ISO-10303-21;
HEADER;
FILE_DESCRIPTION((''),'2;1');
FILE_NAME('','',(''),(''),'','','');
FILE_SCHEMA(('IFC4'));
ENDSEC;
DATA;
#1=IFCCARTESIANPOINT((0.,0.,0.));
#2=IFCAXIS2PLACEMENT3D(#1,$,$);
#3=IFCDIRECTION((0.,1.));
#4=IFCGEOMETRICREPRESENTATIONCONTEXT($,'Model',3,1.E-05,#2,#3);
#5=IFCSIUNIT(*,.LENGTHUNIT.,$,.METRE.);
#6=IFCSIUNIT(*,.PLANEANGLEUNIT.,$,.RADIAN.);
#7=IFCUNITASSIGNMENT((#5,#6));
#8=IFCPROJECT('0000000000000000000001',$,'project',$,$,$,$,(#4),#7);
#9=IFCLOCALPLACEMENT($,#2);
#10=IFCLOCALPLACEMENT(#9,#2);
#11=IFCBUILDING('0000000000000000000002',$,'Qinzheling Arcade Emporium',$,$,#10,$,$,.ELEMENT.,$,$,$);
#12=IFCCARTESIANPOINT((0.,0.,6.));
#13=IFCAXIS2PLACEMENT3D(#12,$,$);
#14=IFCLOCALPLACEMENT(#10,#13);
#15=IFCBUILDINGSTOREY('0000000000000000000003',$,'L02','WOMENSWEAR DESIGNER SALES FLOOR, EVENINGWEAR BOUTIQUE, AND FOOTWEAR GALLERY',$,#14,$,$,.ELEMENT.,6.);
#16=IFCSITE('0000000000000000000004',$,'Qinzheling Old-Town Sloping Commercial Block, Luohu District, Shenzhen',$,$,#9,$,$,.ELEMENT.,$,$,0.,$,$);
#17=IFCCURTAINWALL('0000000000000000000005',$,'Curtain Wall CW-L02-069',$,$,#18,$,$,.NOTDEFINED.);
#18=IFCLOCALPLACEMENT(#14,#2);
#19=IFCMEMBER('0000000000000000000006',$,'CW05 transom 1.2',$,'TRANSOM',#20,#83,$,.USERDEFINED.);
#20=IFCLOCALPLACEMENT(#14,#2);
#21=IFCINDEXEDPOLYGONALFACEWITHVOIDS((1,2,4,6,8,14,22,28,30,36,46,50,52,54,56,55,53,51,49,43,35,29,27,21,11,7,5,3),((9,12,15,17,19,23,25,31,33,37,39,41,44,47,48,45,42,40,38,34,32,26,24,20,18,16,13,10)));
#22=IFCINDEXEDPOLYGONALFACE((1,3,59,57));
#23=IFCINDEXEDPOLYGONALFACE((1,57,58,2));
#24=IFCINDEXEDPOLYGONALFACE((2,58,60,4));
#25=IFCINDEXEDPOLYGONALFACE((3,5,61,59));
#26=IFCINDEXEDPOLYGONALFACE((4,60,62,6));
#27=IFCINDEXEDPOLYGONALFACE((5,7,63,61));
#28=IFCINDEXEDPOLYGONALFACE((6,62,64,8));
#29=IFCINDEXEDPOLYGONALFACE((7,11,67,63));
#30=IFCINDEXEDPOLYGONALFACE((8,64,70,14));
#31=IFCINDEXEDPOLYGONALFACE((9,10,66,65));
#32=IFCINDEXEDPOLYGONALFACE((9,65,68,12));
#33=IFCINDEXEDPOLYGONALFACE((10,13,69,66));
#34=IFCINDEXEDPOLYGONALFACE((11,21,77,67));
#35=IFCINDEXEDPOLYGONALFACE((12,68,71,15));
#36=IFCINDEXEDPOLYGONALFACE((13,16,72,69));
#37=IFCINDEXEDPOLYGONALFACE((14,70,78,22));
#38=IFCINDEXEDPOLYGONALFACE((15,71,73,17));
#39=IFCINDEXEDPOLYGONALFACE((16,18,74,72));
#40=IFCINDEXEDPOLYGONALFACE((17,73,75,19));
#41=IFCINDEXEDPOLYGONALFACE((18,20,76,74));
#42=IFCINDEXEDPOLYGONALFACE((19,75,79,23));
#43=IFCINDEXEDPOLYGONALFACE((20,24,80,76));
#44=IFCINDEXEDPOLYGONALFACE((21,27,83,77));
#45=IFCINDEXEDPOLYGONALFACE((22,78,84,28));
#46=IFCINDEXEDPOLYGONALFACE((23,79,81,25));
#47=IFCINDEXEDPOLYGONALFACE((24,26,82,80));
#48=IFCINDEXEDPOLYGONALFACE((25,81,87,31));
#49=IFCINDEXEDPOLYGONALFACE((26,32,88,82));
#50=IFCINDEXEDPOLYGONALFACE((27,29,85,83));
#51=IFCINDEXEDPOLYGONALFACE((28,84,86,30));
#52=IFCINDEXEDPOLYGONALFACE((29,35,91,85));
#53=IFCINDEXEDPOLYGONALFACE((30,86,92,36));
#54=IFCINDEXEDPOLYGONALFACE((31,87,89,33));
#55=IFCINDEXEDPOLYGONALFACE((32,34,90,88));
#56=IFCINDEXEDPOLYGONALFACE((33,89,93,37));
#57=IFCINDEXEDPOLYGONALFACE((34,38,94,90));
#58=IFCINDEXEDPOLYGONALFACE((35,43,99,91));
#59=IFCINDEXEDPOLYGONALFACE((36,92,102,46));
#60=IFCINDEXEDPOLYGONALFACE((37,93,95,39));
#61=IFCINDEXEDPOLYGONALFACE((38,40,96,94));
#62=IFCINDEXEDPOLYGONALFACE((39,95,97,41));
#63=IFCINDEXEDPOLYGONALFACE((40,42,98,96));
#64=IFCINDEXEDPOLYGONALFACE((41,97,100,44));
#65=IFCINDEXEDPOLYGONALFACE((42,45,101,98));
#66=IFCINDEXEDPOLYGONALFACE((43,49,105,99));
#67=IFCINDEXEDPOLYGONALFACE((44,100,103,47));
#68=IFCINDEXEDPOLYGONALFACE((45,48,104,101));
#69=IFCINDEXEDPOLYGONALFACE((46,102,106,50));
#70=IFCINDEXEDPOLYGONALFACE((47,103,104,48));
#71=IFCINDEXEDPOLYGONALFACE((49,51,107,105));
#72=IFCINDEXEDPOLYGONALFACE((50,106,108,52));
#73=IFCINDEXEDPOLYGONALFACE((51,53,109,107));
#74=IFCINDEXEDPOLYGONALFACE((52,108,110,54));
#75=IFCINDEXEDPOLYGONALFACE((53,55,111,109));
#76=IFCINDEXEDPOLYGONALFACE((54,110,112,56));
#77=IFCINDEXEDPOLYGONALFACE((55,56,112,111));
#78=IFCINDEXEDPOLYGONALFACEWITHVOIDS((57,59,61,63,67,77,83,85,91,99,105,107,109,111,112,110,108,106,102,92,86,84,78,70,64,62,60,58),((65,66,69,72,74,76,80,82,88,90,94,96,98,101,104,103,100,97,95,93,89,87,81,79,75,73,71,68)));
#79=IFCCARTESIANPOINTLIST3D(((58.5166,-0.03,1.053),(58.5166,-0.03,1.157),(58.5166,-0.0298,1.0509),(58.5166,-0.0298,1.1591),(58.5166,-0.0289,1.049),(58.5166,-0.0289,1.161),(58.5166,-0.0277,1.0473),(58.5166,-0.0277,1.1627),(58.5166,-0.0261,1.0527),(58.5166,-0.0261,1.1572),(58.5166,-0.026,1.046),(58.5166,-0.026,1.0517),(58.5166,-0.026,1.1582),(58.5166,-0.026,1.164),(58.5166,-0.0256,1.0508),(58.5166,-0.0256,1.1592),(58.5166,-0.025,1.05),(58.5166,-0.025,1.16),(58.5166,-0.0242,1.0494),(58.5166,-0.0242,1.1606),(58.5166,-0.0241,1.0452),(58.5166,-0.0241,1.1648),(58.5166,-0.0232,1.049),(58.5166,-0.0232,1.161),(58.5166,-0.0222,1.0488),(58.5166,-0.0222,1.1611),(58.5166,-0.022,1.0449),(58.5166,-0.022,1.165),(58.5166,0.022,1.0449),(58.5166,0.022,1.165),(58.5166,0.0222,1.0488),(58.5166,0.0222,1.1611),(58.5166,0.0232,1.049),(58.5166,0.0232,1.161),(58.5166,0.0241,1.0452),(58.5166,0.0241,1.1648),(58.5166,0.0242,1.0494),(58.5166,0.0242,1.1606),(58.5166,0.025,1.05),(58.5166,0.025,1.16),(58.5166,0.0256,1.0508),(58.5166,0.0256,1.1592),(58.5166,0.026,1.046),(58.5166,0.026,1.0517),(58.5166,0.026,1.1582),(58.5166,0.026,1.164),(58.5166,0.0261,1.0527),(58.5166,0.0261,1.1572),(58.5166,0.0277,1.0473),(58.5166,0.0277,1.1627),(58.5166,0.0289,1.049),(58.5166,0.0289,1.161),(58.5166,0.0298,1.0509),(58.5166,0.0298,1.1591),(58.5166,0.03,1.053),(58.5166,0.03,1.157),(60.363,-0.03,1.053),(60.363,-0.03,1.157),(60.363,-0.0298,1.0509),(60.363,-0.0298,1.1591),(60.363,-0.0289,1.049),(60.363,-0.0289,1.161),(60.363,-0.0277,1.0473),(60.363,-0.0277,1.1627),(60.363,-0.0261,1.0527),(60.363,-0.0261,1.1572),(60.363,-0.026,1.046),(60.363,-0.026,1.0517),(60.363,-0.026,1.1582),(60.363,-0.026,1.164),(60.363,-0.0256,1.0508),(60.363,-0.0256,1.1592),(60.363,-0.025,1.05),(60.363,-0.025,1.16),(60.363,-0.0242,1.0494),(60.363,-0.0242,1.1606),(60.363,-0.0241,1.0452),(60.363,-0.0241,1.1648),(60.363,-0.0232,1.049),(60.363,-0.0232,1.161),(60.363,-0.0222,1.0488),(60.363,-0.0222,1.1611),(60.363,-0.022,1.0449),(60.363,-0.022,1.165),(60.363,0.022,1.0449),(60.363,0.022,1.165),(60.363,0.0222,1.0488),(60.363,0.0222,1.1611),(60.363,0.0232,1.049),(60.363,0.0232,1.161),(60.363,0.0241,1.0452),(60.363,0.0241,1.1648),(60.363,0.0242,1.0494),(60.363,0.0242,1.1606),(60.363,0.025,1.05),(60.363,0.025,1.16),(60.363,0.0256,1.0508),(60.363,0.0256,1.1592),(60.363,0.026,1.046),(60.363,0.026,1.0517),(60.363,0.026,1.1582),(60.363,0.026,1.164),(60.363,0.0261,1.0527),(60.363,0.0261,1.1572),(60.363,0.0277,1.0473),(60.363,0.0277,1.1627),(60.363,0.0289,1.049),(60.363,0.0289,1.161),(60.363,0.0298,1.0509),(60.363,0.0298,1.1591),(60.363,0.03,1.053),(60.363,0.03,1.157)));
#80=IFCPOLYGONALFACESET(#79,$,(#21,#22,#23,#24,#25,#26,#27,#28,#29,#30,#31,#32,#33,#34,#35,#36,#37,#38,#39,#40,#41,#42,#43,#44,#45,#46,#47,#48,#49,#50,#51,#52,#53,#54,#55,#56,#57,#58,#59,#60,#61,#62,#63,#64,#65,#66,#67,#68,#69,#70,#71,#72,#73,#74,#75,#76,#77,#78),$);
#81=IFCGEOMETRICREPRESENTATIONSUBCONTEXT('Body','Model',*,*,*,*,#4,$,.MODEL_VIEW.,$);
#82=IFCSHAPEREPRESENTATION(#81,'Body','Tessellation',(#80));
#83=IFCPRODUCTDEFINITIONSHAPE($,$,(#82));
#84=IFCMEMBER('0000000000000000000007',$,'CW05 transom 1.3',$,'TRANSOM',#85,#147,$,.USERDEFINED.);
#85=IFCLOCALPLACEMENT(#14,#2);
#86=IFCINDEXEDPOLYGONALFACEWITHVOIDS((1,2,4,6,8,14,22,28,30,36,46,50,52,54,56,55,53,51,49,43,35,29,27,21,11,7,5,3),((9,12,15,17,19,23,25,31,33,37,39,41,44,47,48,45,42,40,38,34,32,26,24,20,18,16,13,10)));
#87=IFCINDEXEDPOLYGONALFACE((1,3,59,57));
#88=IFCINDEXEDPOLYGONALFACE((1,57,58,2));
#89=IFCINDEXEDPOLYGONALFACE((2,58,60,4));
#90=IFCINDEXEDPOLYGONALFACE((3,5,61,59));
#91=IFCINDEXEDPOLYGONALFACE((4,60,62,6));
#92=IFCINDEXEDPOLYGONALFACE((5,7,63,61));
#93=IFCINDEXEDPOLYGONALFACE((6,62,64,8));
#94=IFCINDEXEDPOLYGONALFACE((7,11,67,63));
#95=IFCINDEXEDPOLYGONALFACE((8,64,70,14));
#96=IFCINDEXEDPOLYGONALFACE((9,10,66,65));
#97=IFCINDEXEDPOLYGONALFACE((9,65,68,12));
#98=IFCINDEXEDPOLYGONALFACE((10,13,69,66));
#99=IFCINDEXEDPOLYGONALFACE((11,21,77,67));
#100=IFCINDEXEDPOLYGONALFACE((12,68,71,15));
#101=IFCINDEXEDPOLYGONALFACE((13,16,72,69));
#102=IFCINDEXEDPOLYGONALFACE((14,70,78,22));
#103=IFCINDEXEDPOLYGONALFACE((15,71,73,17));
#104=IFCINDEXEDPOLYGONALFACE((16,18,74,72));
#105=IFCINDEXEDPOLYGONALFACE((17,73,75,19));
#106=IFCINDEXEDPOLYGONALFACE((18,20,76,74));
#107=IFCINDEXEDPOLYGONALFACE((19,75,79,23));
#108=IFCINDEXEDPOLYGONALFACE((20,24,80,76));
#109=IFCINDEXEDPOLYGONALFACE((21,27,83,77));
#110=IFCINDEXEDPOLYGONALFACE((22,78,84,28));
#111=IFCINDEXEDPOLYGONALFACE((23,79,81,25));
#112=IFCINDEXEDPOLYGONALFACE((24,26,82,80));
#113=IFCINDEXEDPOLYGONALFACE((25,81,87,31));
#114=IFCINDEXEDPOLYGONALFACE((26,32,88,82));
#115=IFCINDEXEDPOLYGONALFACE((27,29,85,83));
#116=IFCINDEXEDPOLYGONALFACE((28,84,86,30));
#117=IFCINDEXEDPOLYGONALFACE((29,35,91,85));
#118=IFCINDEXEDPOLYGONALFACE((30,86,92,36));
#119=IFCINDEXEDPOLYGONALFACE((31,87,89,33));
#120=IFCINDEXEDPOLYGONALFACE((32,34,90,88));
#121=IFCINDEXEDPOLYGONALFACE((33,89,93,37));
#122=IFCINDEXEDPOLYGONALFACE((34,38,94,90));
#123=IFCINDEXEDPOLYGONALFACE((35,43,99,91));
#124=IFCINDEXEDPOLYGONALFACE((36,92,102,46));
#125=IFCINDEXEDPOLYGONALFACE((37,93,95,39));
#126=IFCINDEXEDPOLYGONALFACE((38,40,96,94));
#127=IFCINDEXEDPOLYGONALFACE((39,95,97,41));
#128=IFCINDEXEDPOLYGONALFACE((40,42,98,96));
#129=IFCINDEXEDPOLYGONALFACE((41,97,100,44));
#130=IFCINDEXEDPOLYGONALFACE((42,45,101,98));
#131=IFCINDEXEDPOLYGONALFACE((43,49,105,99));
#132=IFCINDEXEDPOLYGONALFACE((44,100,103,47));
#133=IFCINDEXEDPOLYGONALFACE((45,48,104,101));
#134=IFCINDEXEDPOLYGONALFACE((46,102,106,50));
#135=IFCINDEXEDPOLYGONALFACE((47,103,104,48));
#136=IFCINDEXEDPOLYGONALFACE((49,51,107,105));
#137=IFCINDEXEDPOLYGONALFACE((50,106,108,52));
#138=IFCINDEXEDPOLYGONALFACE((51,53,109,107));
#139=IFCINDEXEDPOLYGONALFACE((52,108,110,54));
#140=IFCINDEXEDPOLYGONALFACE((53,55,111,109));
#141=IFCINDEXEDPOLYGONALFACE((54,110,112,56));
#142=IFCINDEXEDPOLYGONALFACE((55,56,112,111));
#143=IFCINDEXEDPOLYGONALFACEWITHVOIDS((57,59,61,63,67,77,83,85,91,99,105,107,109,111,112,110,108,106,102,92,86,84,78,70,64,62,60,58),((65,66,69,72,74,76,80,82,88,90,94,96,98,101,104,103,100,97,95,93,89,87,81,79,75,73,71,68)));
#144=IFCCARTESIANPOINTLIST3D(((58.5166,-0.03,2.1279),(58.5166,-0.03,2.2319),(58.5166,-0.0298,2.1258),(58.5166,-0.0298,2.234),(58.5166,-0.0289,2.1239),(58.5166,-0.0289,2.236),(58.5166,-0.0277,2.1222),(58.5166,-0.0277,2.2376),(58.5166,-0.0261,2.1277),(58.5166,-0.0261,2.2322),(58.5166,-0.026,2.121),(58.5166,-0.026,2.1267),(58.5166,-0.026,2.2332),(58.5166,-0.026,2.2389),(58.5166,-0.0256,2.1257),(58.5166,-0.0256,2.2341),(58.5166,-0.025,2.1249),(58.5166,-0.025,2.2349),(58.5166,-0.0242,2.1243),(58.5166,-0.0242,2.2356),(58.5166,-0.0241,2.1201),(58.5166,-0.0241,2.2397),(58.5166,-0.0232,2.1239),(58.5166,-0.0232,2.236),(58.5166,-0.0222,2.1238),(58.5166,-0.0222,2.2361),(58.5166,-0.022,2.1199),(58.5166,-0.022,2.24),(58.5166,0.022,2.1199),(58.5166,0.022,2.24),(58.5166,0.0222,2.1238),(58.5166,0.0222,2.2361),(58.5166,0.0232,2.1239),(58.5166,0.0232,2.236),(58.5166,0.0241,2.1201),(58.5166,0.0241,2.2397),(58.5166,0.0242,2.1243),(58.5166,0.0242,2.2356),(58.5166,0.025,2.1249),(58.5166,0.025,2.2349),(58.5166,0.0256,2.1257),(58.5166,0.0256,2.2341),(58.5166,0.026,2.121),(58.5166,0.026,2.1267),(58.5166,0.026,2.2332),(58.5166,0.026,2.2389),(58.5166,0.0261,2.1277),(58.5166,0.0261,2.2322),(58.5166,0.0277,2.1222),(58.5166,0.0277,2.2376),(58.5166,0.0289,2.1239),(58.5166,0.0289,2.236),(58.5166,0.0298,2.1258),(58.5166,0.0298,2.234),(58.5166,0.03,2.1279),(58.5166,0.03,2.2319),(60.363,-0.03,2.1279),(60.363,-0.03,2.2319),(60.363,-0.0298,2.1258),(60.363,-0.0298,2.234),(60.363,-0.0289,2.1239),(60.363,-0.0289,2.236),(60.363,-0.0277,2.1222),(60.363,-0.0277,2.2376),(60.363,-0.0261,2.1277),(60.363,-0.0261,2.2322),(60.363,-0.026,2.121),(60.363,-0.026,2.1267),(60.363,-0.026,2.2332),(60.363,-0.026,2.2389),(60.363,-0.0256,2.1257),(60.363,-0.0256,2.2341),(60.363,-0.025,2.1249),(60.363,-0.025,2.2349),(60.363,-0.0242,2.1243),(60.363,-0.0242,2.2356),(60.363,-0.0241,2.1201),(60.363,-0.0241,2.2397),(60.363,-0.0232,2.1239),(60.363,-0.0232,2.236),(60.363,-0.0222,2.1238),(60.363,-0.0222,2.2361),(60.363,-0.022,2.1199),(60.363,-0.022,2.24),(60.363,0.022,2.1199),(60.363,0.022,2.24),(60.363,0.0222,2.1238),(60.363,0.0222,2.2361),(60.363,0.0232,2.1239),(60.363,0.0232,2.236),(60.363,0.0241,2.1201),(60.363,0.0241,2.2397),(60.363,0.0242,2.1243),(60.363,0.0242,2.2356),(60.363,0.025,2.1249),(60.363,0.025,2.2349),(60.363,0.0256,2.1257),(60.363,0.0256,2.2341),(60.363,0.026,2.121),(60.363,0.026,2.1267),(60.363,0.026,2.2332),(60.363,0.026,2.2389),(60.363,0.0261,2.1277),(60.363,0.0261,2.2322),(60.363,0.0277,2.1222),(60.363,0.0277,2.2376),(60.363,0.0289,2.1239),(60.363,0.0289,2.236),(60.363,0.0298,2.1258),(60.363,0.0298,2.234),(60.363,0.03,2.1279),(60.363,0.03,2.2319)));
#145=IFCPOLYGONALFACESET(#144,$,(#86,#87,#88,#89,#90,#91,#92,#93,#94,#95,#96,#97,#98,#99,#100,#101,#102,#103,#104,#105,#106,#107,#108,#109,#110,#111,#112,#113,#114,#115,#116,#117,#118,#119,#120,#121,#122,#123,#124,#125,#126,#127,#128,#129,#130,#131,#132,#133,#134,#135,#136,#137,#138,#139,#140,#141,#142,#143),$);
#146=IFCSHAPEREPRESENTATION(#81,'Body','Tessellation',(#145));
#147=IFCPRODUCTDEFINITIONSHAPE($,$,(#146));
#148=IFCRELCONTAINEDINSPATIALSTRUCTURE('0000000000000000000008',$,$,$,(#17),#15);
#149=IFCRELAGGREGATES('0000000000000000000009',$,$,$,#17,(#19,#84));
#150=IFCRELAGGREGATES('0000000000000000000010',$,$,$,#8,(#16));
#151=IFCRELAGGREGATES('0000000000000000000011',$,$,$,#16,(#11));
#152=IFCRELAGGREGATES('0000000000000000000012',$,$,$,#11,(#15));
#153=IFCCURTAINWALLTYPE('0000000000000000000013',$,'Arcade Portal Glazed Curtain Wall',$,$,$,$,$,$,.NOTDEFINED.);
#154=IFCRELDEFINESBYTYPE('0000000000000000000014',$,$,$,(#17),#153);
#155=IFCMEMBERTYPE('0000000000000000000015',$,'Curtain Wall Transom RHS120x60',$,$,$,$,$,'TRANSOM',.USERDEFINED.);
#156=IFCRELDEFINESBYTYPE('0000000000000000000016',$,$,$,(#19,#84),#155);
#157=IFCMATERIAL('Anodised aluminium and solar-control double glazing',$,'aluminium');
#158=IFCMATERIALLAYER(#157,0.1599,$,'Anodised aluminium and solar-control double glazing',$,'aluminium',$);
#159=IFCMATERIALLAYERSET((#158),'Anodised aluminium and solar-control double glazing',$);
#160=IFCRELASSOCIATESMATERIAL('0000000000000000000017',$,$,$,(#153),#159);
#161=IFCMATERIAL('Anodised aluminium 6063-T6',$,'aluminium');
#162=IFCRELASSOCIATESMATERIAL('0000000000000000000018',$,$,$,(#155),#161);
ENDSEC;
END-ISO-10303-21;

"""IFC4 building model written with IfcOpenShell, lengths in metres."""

from ifc_helpers import new_model, si_unit, direction, frame, origin, origin_2d, place, context, subcontext, project, spatial, hollow_rectangle, extrude, material, layer, layer_set, material_profile, profile_set, type_object, element, aggregate, save


model = new_model("IFC4")

# Units and contexts
model_context = context("Model", 3, precision=1e-05, world=origin(), true_north=direction((0.0, 1.0)))
body_context = subcontext(model_context, "Body", "Model", "MODEL_VIEW")
ifc_project = project(units=[si_unit("LENGTHUNIT", "METRE"), si_unit("PLANEANGLEUNIT", "RADIAN")], contexts=[model_context])

# Site, building, storey
site_placement = place(None, origin())
site = spatial("IfcSite", under=ifc_project, at=site_placement, Name="Qinzheling Old-Town Sloping Commercial Block, Luohu District, Shenzhen", CompositionType="ELEMENT", RefElevation=0.0)
building_placement = place(site_placement, origin())
building = spatial("IfcBuilding", under=site, at=building_placement, Name="Qinzheling Arcade Emporium", CompositionType="ELEMENT")
storey_placement = place(building_placement, frame((0.0, 0.0, 6.0)))
storey = spatial("IfcBuildingStorey", under=building, at=storey_placement, Name="L02", Description="WOMENSWEAR DESIGNER SALES FLOOR, EVENINGWEAR BOUTIQUE, AND FOOTWEAR GALLERY", CompositionType="ELEMENT", Elevation=6.0)

# Curtain wall, members
ifc_material_1 = material(Name="Anodised aluminium and solar-control double glazing", Category="aluminium")
ifc_layer_1 = layer(ifc_material_1, 0.1599, Name="Anodised aluminium and solar-control double glazing", Category="aluminium")
ifc_layer_set_1 = layer_set([ifc_layer_1], Name="Anodised aluminium and solar-control double glazing")
curtain_wall_type = type_object("IfcCurtainWallType", Name="Arcade Portal Glazed Curtain Wall", PredefinedType="NOTDEFINED", material=ifc_layer_set_1)
curtain_wall_placement = place(storey_placement, origin())
curtain_wall = element("IfcCurtainWall", 1, at=curtain_wall_placement, inside=storey, type_object=curtain_wall_type, Name="Curtain Wall CW-L02-069", PredefinedType="NOTDEFINED")
ifc_material_2 = material(Name="Anodised aluminium 6063-T6", Category="aluminium")
ifc_material_profile_1 = material_profile(ifc_material_2, hollow_rectangle(XDim=0.0601, YDim=0.1201, WallThickness=0.0039, InnerFilletRadius=0.0039, OuterFilletRadius=0.0081, at=origin_2d()), Name="RHS 120x60x4", Category="aluminium")
ifc_profile_set_1 = profile_set([ifc_material_profile_1], Name="Anodised aluminium 6063-T6")
member_type_1 = type_object("IfcMemberType", Name="Curtain Wall Transom RHS120x60", ElementType="TRANSOM", PredefinedType="USERDEFINED", material=ifc_profile_set_1)
member_1_placement = place(storey_placement, frame((60.363, 0.0, 1.105), z_axis=(-1.0, 0.0, 0.0), x_axis=(0.0, -1.0, 0.0)))
member_1 = element("IfcMember", 2, at=member_1_placement, type_object=member_type_1, Name="CW05 transom 1.2", ObjectType="TRANSOM", PredefinedType="USERDEFINED", context=body_context, shape_type="SweptSolid", body=[
    extrude(hollow_rectangle(XDim=0.0601, YDim=0.1201, WallThickness=0.0039, InnerFilletRadius=0.0039, OuterFilletRadius=0.0081, at=origin_2d()), origin(), (0.0, 0.0, 1.0), 1.8464),
])
member_2_placement = place(storey_placement, frame((60.363, 0.0, 2.1799), z_axis=(-1.0, 0.0, 0.0), x_axis=(0.0, -1.0, 0.0)))
member_2 = element("IfcMember", 3, at=member_2_placement, type_object=member_type_1, Name="CW05 transom 1.3", ObjectType="TRANSOM", PredefinedType="USERDEFINED", context=body_context, shape_type="SweptSolid", body=[
    extrude(hollow_rectangle(XDim=0.0601, YDim=0.1201, WallThickness=0.0039, InnerFilletRadius=0.0039, OuterFilletRadius=0.0081, at=origin_2d()), origin(), (0.0, 0.0, 1.0), 1.8464),
])

aggregate(curtain_wall, [member_1, member_2])

save(model, "model.ifc")
